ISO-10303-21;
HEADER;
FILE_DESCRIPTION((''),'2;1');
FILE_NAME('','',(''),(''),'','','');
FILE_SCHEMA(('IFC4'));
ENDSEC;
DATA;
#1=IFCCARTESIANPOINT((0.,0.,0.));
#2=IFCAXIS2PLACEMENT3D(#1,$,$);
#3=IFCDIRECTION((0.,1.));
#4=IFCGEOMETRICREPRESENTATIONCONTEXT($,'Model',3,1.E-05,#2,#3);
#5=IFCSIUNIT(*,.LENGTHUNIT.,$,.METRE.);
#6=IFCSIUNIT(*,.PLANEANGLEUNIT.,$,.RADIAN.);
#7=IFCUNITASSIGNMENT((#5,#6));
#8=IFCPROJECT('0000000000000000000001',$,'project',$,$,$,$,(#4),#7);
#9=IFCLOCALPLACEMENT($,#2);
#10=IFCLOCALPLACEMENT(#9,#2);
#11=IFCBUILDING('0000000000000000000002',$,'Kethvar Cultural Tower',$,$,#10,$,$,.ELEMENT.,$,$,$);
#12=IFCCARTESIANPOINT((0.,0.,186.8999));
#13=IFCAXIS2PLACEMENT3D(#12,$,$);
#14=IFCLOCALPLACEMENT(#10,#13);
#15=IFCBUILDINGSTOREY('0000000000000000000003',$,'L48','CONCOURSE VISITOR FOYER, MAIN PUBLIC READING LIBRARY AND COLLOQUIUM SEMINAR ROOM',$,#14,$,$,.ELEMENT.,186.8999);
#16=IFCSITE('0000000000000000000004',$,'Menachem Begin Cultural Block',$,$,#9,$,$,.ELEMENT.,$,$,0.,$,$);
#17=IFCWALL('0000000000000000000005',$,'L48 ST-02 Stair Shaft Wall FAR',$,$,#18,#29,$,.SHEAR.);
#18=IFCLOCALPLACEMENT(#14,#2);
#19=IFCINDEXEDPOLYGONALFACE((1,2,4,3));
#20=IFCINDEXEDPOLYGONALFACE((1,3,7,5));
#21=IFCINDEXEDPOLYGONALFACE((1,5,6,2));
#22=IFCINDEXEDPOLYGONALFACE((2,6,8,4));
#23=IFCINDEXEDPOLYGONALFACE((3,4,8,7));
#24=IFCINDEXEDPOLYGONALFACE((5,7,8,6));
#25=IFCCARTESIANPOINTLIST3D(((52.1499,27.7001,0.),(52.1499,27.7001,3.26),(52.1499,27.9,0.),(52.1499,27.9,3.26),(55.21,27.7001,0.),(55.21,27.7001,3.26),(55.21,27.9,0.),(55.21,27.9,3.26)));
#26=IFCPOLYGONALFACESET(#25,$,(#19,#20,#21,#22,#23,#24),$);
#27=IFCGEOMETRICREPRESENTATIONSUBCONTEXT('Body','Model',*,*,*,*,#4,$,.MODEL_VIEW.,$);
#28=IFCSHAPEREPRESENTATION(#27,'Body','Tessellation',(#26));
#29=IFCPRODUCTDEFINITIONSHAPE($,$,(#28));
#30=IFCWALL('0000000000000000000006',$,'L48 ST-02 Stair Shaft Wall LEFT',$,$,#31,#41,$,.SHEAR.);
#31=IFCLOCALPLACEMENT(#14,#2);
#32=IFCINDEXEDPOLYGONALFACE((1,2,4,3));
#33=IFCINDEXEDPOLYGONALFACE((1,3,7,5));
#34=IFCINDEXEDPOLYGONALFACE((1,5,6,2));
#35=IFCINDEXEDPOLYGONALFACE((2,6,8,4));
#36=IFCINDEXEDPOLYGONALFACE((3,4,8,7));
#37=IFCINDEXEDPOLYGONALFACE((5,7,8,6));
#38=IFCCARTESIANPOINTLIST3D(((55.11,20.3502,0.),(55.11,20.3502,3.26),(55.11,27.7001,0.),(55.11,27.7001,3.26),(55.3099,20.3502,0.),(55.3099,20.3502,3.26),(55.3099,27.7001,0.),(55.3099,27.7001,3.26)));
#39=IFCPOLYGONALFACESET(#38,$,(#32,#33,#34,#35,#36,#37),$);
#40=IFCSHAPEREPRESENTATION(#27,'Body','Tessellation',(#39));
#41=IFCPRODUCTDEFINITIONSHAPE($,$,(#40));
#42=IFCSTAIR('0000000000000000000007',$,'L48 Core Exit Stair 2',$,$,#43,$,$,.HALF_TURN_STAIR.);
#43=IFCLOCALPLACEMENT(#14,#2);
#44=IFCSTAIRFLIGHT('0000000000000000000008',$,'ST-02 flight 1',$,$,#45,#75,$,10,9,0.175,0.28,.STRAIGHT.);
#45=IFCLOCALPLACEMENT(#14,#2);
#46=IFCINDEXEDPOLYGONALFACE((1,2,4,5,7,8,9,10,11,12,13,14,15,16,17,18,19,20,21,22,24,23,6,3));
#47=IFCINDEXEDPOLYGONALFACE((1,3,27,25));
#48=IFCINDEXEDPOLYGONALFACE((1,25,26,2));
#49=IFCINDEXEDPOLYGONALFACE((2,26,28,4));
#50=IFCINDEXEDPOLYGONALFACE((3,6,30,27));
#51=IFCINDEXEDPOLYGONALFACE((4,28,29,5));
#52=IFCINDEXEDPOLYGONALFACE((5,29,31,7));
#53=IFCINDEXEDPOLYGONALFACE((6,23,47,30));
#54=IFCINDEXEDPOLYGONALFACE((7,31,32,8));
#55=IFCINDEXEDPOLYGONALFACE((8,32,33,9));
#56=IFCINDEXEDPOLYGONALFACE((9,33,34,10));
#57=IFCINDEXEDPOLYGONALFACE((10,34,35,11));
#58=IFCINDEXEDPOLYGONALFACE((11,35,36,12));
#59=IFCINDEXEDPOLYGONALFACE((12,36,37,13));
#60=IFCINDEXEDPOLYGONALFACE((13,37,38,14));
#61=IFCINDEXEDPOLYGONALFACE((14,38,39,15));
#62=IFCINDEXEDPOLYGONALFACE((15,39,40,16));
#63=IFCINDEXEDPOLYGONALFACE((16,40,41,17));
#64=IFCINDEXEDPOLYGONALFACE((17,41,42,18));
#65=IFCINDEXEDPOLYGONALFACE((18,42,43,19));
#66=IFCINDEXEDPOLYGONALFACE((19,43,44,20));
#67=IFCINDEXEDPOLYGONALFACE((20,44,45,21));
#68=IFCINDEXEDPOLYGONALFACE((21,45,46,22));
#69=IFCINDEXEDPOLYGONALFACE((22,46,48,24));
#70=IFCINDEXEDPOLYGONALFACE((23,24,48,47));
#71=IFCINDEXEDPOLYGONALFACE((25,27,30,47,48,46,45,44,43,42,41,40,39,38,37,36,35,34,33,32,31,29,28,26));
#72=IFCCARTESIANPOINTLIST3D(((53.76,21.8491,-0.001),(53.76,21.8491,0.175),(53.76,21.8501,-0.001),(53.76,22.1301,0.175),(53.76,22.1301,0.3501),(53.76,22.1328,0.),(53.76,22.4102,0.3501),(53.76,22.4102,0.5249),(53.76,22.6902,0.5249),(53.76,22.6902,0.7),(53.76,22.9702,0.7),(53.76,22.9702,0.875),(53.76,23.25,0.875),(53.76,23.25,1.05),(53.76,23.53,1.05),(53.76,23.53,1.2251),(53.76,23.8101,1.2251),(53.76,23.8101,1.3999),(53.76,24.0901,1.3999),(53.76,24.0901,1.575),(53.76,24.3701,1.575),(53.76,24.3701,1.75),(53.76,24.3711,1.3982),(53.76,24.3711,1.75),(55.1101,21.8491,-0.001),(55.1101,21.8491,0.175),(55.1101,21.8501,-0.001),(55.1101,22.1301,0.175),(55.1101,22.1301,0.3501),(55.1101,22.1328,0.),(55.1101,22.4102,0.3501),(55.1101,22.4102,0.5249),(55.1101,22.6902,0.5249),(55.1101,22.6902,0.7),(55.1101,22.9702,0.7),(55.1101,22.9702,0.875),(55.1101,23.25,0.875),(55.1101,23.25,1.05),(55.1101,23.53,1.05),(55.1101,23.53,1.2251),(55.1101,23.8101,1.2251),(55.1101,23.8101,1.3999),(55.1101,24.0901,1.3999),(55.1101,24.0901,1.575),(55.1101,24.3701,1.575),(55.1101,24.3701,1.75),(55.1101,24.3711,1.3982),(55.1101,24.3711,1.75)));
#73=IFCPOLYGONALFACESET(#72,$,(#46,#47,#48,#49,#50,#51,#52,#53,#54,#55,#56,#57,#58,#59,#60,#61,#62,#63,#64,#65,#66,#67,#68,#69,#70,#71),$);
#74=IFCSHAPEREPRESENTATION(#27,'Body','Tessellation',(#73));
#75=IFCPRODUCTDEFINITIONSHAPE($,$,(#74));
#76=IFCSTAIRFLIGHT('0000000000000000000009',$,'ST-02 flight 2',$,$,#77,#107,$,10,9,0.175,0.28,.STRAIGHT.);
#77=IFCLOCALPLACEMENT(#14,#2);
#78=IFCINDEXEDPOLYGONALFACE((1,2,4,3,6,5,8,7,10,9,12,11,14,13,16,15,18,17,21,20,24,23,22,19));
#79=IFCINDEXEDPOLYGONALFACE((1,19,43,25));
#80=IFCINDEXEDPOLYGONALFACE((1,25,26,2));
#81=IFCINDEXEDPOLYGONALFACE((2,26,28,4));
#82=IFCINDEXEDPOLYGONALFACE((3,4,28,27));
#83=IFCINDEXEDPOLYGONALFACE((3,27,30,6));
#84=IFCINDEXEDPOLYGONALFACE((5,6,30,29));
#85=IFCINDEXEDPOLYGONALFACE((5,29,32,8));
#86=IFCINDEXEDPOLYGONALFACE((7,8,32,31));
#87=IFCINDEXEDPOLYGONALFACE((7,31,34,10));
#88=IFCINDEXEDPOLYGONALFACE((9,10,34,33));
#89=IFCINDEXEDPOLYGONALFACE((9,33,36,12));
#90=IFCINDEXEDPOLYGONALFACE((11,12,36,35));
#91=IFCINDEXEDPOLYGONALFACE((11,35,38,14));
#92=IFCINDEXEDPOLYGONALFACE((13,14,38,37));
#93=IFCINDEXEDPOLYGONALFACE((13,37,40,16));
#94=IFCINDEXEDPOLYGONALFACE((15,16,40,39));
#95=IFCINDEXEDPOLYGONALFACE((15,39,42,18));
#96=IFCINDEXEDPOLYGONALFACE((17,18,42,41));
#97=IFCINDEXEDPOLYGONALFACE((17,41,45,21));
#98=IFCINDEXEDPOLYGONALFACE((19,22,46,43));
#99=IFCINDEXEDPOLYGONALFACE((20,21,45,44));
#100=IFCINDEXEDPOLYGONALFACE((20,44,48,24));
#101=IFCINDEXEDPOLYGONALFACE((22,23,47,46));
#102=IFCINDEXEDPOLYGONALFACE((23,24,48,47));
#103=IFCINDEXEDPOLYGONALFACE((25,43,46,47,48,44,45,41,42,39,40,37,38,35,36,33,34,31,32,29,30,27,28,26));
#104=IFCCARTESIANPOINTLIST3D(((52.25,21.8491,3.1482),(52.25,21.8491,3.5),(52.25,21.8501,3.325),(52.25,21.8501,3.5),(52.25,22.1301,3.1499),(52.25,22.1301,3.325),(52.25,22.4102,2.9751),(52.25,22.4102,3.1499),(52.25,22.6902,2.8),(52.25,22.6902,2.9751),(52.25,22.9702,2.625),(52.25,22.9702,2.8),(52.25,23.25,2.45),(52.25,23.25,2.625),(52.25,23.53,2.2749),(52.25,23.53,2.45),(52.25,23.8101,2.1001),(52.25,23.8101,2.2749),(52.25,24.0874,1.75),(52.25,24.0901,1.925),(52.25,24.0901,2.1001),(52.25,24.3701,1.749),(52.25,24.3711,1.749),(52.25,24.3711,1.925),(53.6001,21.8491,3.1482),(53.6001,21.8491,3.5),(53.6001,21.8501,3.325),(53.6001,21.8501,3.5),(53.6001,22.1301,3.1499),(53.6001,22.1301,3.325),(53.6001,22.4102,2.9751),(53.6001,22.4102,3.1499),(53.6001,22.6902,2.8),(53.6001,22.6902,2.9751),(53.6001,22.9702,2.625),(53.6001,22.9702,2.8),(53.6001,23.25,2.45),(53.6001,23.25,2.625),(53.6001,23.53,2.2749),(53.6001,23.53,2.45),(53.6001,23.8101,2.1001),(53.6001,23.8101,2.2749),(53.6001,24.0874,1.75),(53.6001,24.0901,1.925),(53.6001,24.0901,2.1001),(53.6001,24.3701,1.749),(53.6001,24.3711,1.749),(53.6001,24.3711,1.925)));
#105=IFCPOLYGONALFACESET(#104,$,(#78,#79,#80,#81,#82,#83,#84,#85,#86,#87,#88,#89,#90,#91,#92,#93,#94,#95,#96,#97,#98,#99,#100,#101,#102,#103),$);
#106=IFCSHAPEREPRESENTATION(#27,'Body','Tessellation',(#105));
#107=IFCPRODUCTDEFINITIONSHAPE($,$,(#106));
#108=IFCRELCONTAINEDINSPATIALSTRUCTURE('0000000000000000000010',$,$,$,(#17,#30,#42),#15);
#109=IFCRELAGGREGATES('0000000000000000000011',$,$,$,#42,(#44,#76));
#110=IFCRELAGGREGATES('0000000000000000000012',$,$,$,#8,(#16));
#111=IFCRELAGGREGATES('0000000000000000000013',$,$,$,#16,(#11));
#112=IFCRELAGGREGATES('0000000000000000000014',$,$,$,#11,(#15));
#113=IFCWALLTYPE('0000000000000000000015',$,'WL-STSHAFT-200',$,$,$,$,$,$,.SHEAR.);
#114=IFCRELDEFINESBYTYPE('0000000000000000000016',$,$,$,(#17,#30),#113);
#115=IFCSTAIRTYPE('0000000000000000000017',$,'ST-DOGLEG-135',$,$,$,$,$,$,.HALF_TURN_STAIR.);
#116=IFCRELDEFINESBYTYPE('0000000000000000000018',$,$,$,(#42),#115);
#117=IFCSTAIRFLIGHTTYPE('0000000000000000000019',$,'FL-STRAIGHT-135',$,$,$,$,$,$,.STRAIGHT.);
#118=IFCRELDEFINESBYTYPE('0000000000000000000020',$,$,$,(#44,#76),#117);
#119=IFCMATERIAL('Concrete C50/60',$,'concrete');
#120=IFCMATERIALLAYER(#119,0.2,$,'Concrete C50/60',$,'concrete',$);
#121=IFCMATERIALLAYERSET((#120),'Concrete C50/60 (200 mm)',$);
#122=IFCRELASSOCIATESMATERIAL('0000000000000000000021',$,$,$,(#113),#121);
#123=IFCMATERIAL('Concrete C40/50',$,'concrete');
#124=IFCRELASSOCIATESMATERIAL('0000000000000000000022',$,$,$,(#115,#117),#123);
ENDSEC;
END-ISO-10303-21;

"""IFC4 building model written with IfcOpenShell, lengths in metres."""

from ifc_helpers import new_model, si_unit, direction, frame, frame_2d, origin, place, context, subcontext, project, spatial, polyline, rectangle, outline, extrude, material, layer, layer_set, type_object, element, aggregate, save


model = new_model("IFC4")

# Units and contexts
model_context = context("Model", 3, precision=1e-05, world=origin(), true_north=direction((0.0, 1.0)))
body_context = subcontext(model_context, "Body", "Model", "MODEL_VIEW")
ifc_project = project(units=[si_unit("LENGTHUNIT", "METRE"), si_unit("PLANEANGLEUNIT", "RADIAN")], contexts=[model_context])

# Site, building, storey
site_placement = place(None, origin())
site = spatial("IfcSite", under=ifc_project, at=site_placement, Name="Menachem Begin Cultural Block", CompositionType="ELEMENT", RefElevation=0.0)
building_placement = place(site_placement, origin())
building = spatial("IfcBuilding", under=site, at=building_placement, Name="Kethvar Cultural Tower", CompositionType="ELEMENT")
storey_placement = place(building_placement, frame((0.0, 0.0, 186.8999)))
storey = spatial("IfcBuildingStorey", under=building, at=storey_placement, Name="L48", Description="CONCOURSE VISITOR FOYER, MAIN PUBLIC READING LIBRARY AND COLLOQUIUM SEMINAR ROOM", CompositionType="ELEMENT", Elevation=186.8999)

# Shared definitions
ifc_material_1 = material(Name="Concrete C50/60", Category="concrete")

# Walls
ifc_layer_1 = layer(ifc_material_1, 0.2, Name="Concrete C50/60", Category="concrete")
ifc_layer_set_1 = layer_set([ifc_layer_1], Name="Concrete C50/60 (200 mm)")
wall_type_1 = type_object("IfcWallType", Name="WL-STSHAFT-200", PredefinedType="SHEAR", material=ifc_layer_set_1)
wall_1_placement = place(storey_placement, frame((52.1499, 27.8, 0.0), z_axis=(0.0, 0.0, 1.0), x_axis=(1.0, 0.0, 0.0)))
element("IfcWall", 1, at=wall_1_placement, inside=storey, type_object=wall_type_1, Name="L48 ST-02 Stair Shaft Wall FAR", PredefinedType="SHEAR", context=body_context, shape_type="SweptSolid", body=[
    extrude(rectangle(XDim=3.0601, YDim=0.2, at=frame_2d((1.53, 0.0))), origin(), (0.0, 0.0, 1.0), 3.26),
])
wall_2_placement = place(storey_placement, frame((55.21, 27.7, 0.0), z_axis=(0.0, 0.0, 1.0), x_axis=(0.0, -1.0, 0.0)))
element("IfcWall", 2, at=wall_2_placement, inside=storey, type_object=wall_type_1, Name="L48 ST-02 Stair Shaft Wall LEFT", PredefinedType="SHEAR", context=body_context, shape_type="SweptSolid", body=[
    extrude(rectangle(XDim=7.3499, YDim=0.2, at=frame_2d((3.6748, 0.0))), origin(), (0.0, 0.0, 1.0), 3.26),
])

# Stair, stair flights
ifc_material_2 = material(Name="Concrete C40/50", Category="concrete")
stair_type = type_object("IfcStairType", Name="ST-DOGLEG-135", PredefinedType="HALF_TURN_STAIR", material=ifc_material_2)
stair_placement = place(storey_placement, origin())
stair = element("IfcStair", 3, at=stair_placement, inside=storey, type_object=stair_type, Name="L48 Core Exit Stair 2", PredefinedType="HALF_TURN_STAIR")
stair_flight_type = type_object("IfcStairFlightType", Name="FL-STRAIGHT-135", PredefinedType="STRAIGHT", material=ifc_material_2)
stair_flight_1_placement = place(storey_placement, frame((54.4351, 21.8501, 0.0), z_axis=(0.0, 0.0, 1.0), x_axis=(0.0, 1.0, 0.0)))
stair_flight_1 = element("IfcStairFlight", 4, at=stair_flight_1_placement, type_object=stair_flight_type, Name="ST-02 flight 1", NumberOfRisers=10, NumberOfTreads=9, PredefinedType="STRAIGHT", RiserHeight=0.175, TreadLength=0.28, context=body_context, shape_type="SweptSolid", body=[
    extrude(outline(polyline([(-0.001, -0.001), (-0.001, 0.175), (0.28, 0.175), (0.28, 0.3501), (0.5601, 0.3501), (0.5601, 0.5249), (0.8401, 0.5249), (0.8401, 0.7), (1.1201, 0.7), (1.1201, 0.875), (1.3999, 0.875), (1.3999, 1.05), (1.6799, 1.05), (1.6799, 1.2251), (1.96, 1.2251), (1.96, 1.3999), (2.24, 1.3999), (2.24, 1.575), (2.52, 1.575), (2.52, 1.75), (2.521, 1.75), (2.521, 1.3982), (0.2827, 0.0), (0.0, -0.001), (-0.001, -0.001)])), frame((0.0, 0.675, 0.0), z_axis=(0.0, -1.0, 0.0), x_axis=(1.0, 0.0, 0.0)), (0.0, 0.0, 1.0), 1.3501),
])
stair_flight_2_placement = place(storey_placement, frame((52.925, 24.3701, 1.75), z_axis=(0.0, 0.0, 1.0), x_axis=(0.0, -1.0, 0.0)))
stair_flight_2 = element("IfcStairFlight", 5, at=stair_flight_2_placement, type_object=stair_flight_type, Name="ST-02 flight 2", NumberOfRisers=10, NumberOfTreads=9, PredefinedType="STRAIGHT", RiserHeight=0.175, TreadLength=0.28, context=body_context, shape_type="SweptSolid", body=[
    extrude(outline(polyline([(-0.001, -0.001), (-0.001, 0.175), (0.28, 0.175), (0.28, 0.3501), (0.5601, 0.3501), (0.5601, 0.5249), (0.8401, 0.5249), (0.8401, 0.7), (1.1201, 0.7), (1.1201, 0.875), (1.3999, 0.875), (1.3999, 1.05), (1.6799, 1.05), (1.6799, 1.2251), (1.96, 1.2251), (1.96, 1.3999), (2.24, 1.3999), (2.24, 1.575), (2.52, 1.575), (2.52, 1.75), (2.521, 1.75), (2.521, 1.3982), (0.2827, 0.0), (0.0, -0.001), (-0.001, -0.001)])), frame((0.0, 0.675, 0.0), z_axis=(0.0, -1.0, 0.0), x_axis=(1.0, 0.0, 0.0)), (0.0, 0.0, 1.0), 1.3501),
])
aggregate(stair, [stair_flight_1, stair_flight_2])

save(model, "model.ifc")
